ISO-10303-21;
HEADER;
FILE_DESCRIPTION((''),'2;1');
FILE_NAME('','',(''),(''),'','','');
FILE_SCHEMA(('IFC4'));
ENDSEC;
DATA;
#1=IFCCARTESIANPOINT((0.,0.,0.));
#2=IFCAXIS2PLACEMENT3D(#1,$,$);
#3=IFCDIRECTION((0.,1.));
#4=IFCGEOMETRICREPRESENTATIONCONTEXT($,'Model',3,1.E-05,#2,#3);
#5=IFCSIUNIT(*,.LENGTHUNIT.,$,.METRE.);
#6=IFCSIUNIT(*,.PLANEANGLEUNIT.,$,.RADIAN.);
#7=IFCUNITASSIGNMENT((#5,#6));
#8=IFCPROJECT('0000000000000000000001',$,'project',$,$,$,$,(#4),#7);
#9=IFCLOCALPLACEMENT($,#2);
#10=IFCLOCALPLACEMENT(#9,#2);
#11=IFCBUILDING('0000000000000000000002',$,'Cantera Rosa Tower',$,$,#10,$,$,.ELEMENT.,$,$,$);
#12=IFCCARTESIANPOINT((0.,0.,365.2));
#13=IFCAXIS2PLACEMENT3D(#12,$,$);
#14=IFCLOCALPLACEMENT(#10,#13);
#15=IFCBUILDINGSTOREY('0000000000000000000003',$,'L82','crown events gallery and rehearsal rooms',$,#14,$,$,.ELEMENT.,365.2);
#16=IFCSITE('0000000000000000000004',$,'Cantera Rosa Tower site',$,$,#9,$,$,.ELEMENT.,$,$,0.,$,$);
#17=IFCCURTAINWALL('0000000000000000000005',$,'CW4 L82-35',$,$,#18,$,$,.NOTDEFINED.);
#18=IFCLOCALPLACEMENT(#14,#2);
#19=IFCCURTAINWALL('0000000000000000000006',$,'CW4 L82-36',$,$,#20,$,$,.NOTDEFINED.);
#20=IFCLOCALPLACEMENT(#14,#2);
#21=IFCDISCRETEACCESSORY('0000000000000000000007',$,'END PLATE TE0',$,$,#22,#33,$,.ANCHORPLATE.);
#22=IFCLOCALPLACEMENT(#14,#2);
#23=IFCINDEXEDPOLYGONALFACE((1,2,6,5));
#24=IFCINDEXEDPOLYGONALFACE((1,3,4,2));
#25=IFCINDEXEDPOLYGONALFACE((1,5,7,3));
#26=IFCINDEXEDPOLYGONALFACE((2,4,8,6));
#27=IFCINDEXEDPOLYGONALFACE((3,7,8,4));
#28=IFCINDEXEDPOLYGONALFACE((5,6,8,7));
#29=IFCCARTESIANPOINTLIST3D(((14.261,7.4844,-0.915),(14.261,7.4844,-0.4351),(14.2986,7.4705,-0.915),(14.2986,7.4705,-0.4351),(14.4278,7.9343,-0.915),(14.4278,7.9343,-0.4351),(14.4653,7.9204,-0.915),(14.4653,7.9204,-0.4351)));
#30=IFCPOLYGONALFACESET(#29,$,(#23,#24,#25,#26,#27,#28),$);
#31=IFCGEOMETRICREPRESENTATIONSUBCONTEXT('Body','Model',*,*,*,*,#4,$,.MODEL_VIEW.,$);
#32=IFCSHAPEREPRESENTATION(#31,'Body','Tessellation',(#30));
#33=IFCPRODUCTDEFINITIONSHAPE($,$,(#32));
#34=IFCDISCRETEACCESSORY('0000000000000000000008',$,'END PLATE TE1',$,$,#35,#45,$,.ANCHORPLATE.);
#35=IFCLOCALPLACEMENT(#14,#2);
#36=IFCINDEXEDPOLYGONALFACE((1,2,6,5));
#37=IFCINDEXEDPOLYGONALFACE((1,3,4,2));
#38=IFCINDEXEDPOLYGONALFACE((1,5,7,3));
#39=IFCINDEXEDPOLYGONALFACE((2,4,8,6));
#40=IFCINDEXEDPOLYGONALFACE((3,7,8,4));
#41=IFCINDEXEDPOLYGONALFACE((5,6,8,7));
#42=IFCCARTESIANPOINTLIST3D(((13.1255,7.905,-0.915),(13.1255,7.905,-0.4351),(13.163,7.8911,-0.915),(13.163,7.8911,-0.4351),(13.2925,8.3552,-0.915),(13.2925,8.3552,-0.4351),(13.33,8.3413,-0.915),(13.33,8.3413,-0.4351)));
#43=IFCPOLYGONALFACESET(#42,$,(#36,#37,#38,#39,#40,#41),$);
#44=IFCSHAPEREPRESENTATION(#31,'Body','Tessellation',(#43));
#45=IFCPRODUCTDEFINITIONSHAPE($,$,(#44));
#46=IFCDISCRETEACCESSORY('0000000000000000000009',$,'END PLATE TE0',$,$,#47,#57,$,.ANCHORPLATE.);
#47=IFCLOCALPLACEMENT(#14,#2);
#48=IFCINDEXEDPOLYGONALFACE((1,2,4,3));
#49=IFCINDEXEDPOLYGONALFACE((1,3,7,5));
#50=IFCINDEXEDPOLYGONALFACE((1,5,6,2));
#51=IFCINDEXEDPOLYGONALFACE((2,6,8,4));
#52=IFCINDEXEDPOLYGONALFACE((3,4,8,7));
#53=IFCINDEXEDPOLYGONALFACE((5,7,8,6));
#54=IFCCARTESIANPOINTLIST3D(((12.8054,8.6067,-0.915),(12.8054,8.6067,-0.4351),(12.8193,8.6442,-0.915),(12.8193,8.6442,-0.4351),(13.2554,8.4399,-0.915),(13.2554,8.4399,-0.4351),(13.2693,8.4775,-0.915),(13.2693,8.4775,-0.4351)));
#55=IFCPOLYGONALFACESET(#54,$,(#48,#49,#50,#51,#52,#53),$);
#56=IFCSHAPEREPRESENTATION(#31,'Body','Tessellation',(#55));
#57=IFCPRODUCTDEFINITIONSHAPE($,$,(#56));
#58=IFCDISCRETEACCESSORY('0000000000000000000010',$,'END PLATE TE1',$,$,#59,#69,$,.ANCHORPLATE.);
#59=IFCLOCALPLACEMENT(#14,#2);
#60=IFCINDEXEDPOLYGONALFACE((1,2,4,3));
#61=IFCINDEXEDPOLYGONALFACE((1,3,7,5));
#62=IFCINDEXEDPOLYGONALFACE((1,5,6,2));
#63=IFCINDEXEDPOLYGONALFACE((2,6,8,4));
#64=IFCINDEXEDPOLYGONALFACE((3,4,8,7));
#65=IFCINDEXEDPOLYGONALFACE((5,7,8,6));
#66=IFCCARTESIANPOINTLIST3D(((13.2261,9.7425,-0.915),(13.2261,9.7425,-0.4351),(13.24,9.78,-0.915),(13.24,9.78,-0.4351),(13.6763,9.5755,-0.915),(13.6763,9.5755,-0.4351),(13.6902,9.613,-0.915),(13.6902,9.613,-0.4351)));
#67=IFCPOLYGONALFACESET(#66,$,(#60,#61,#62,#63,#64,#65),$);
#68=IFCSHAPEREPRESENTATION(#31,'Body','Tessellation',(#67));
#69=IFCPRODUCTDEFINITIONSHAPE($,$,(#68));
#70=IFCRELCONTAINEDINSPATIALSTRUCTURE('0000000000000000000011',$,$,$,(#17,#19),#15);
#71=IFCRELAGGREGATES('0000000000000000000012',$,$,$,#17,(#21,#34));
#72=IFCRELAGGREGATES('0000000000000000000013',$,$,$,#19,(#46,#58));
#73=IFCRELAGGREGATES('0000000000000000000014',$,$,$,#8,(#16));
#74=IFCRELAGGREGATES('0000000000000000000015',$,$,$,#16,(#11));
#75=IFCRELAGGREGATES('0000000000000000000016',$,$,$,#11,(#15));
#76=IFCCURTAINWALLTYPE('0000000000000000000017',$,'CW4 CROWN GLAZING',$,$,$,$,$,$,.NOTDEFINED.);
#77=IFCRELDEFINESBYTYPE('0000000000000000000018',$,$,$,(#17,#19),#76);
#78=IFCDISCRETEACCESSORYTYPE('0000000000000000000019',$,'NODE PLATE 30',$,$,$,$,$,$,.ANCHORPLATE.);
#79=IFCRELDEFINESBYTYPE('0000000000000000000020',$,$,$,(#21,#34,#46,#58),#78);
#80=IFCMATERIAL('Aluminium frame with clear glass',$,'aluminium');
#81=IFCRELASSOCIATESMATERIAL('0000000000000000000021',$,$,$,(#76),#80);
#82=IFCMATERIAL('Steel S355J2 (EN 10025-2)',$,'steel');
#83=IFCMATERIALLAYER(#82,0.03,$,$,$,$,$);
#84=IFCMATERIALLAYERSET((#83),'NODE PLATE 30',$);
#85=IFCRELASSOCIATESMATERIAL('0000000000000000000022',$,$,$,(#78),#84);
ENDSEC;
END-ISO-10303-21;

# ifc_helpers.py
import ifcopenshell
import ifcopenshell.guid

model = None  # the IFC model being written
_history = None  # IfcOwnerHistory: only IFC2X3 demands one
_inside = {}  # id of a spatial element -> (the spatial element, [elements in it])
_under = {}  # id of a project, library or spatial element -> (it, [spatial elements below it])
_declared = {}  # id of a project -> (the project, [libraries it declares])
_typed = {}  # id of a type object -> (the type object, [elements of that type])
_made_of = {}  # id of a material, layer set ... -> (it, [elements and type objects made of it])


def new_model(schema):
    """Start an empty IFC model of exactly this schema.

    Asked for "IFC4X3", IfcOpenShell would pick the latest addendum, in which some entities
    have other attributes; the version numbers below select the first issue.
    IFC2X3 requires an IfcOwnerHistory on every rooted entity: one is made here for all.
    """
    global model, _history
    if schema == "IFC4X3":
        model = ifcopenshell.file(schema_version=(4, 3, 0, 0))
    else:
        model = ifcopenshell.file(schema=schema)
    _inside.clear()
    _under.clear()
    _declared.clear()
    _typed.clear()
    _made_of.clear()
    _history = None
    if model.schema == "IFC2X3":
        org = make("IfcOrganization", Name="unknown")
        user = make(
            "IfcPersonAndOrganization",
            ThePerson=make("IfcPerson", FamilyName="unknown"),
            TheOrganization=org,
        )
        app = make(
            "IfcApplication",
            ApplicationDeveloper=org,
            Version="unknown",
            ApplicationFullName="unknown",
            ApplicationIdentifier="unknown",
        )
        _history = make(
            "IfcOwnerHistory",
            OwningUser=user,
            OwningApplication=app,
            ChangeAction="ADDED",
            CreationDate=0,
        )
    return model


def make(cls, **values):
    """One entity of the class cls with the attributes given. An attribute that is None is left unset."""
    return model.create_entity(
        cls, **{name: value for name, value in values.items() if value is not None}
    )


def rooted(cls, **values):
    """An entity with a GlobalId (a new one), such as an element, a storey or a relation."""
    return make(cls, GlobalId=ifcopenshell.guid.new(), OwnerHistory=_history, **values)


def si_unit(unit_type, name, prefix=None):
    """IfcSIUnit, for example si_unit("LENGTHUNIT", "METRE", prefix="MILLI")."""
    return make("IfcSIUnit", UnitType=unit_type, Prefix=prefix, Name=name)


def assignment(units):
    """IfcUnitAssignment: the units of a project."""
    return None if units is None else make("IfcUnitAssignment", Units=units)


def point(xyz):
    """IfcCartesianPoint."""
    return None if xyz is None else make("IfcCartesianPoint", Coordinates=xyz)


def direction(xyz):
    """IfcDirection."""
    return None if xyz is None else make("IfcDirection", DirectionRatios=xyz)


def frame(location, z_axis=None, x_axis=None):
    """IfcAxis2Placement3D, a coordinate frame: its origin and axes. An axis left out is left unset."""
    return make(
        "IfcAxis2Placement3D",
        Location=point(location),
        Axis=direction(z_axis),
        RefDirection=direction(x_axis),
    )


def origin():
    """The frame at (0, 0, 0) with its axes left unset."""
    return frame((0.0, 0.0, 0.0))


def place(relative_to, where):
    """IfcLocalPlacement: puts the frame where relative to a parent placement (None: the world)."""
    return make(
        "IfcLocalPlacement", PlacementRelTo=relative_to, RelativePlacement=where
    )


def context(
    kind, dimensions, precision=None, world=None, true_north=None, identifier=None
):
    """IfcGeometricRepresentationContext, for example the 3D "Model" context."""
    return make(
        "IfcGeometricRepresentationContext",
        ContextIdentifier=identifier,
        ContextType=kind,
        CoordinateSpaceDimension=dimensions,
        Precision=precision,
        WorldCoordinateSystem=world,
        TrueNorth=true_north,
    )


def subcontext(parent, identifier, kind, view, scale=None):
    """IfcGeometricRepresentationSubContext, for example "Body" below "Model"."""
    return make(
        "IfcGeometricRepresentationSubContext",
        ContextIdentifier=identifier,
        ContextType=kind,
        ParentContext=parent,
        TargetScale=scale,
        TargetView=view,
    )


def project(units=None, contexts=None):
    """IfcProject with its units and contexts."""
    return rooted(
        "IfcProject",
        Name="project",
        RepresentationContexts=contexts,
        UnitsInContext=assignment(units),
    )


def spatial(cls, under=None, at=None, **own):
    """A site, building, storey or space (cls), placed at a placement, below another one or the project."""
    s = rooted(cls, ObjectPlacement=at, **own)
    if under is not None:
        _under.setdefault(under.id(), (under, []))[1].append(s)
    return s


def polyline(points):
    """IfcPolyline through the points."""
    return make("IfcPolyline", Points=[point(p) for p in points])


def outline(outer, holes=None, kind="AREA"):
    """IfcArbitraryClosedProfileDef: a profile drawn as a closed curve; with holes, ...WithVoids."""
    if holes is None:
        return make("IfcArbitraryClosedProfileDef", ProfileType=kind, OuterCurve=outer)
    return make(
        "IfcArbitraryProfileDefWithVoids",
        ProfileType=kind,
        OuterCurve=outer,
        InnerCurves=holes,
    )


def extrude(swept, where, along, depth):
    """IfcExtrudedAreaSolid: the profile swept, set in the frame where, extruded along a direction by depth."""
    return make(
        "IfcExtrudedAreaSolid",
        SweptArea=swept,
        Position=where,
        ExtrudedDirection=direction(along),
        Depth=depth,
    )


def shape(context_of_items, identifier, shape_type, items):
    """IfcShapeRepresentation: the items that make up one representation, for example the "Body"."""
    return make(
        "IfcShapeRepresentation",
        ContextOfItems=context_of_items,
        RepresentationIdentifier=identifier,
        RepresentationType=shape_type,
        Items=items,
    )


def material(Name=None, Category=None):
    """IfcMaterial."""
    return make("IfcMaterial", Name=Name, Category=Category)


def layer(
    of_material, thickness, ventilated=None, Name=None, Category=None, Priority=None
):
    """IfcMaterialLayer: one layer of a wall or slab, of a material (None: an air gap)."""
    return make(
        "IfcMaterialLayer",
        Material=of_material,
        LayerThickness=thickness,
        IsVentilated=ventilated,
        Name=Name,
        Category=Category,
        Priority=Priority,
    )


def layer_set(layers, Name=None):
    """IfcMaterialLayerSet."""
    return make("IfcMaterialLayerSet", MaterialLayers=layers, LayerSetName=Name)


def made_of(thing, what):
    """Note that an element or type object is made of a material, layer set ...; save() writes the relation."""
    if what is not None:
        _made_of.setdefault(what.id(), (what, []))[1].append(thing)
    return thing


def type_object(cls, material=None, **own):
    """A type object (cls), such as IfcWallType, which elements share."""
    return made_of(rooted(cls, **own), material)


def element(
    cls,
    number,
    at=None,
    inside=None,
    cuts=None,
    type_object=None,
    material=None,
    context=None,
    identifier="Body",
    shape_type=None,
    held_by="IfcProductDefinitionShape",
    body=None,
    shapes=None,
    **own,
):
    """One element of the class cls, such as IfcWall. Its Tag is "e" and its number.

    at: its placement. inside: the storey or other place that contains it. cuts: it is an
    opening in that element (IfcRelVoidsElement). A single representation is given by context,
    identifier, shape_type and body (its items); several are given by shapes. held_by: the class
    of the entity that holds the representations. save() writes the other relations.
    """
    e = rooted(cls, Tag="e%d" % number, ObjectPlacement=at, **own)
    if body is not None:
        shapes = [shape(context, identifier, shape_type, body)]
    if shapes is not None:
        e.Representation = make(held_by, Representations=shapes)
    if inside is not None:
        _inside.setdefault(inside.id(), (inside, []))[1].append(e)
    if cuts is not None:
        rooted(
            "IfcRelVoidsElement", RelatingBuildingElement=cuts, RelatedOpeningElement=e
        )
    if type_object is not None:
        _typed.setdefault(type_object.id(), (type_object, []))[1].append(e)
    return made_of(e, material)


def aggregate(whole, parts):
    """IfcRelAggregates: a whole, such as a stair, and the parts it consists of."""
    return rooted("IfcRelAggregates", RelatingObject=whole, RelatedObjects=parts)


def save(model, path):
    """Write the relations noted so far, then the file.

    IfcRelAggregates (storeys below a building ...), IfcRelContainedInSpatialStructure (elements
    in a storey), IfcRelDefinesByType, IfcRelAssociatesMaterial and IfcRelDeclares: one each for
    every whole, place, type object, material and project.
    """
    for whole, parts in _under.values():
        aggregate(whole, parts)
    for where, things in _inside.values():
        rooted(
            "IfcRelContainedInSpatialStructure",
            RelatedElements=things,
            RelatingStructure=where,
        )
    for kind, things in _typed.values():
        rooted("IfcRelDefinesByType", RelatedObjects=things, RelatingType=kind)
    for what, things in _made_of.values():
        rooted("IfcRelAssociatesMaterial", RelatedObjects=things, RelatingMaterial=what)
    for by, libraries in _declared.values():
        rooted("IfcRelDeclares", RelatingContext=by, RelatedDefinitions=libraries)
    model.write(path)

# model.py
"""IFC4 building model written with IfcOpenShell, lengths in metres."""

from ifc_helpers import new_model, si_unit, direction, frame, origin, place, context, subcontext, project, spatial, polyline, outline, extrude, material, layer, layer_set, type_object, element, aggregate, save


model = new_model("IFC4")

# Units and contexts
model_context = context("Model", 3, precision=1e-05, world=origin(), true_north=direction((0.0, 1.0)))
body_context = subcontext(model_context, "Body", "Model", "MODEL_VIEW")
ifc_project = project(units=[si_unit("LENGTHUNIT", "METRE"), si_unit("PLANEANGLEUNIT", "RADIAN")], contexts=[model_context])

# Site, building, storey
site_placement = place(None, origin())
site = spatial("IfcSite", under=ifc_project, at=site_placement, Name="Cantera Rosa Tower site", CompositionType="ELEMENT", RefElevation=0.0)
building_placement = place(site_placement, origin())
building = spatial("IfcBuilding", under=site, at=building_placement, Name="Cantera Rosa Tower", CompositionType="ELEMENT")
storey_placement = place(building_placement, frame((0.0, 0.0, 365.2)))
storey = spatial("IfcBuildingStorey", under=building, at=storey_placement, Name="L82", Description="crown events gallery and rehearsal rooms", CompositionType="ELEMENT", Elevation=365.2)

# Curtain walls
ifc_material_1 = material(Name="Aluminium frame with clear glass", Category="aluminium")
curtain_wall_type = type_object("IfcCurtainWallType", Name="CW4 CROWN GLAZING", PredefinedType="NOTDEFINED", material=ifc_material_1)
curtain_wall_1_placement = place(storey_placement, origin())
curtain_wall_1 = element("IfcCurtainWall", 1, at=curtain_wall_1_placement, inside=storey, type_object=curtain_wall_type, Name="CW4 L82-35", PredefinedType="NOTDEFINED")
curtain_wall_2_placement = place(storey_placement, origin())
curtain_wall_2 = element("IfcCurtainWall", 2, at=curtain_wall_2_placement, inside=storey, type_object=curtain_wall_type, Name="CW4 L82-36", PredefinedType="NOTDEFINED")

# Discrete accessories
ifc_material_2 = material(Name="Steel S355J2 (EN 10025-2)", Category="steel")
ifc_layer_1 = layer(ifc_material_2, 0.03)
ifc_layer_set_1 = layer_set([ifc_layer_1], Name="NODE PLATE 30")
discrete_accessory_type = type_object("IfcDiscreteAccessoryType", Name="NODE PLATE 30", PredefinedType="ANCHORPLATE", material=ifc_layer_set_1)
discrete_accessory_1_placement = place(storey_placement, frame((14.4653, 7.9204, -0.4351), z_axis=(0.937681, -0.347497, 0.0), x_axis=(-0.347497, -0.937681, 0.0)))
discrete_accessory_1 = element("IfcDiscreteAccessory", 3, at=discrete_accessory_1_placement, type_object=discrete_accessory_type, Name="END PLATE TE0", PredefinedType="ANCHORPLATE", context=body_context, shape_type="SweptSolid", body=[
    extrude(outline(polyline([(0.0, 0.0), (0.4799, 0.0), (0.4799, 0.48), (0.0, 0.48), (0.0, 0.0)])), origin(), (0.0, 0.0, -1.0), 0.04),
])
discrete_accessory_2_placement = place(storey_placement, frame((13.1255, 7.905, -0.4351), z_axis=(-0.937577, 0.347778, 0.0), x_axis=(0.347778, 0.937577, 0.0)))
discrete_accessory_2 = element("IfcDiscreteAccessory", 4, at=discrete_accessory_2_placement, type_object=discrete_accessory_type, Name="END PLATE TE1", PredefinedType="ANCHORPLATE", context=body_context, shape_type="SweptSolid", body=[
    extrude(outline(polyline([(0.0, 0.0), (0.4802, 0.0), (0.4802, 0.48), (0.0, 0.48), (0.0, 0.0)])), origin(), (0.0, 0.0, -1.0), 0.04),
])
aggregate(curtain_wall_1, [discrete_accessory_1, discrete_accessory_2])
discrete_accessory_3_placement = place(storey_placement, frame((13.2554, 8.4399, -0.4351), z_axis=(-0.347497, -0.937681, 0.0), x_axis=(-0.937681, 0.347497, 0.0)))
discrete_accessory_3 = element("IfcDiscreteAccessory", 5, at=discrete_accessory_3_placement, type_object=discrete_accessory_type, Name="END PLATE TE0", PredefinedType="ANCHORPLATE", context=body_context, shape_type="SweptSolid", body=[
    extrude(outline(polyline([(0.0, 0.0), (0.4799, 0.0), (0.4799, 0.48), (0.0, 0.48), (0.0, 0.0)])), origin(), (0.0, 0.0, -1.0), 0.04),
])
discrete_accessory_4_placement = place(storey_placement, frame((13.24, 9.78, -0.4351), z_axis=(0.347778, 0.937577, 0.0), x_axis=(0.937577, -0.347778, 0.0)))
discrete_accessory_4 = element("IfcDiscreteAccessory", 6, at=discrete_accessory_4_placement, type_object=discrete_accessory_type, Name="END PLATE TE1", PredefinedType="ANCHORPLATE", context=body_context, shape_type="SweptSolid", body=[
    extrude(outline(polyline([(0.0, 0.0), (0.4802, 0.0), (0.4802, 0.48), (0.0, 0.48), (0.0, 0.0)])), origin(), (0.0, 0.0, -1.0), 0.04),
])
aggregate(curtain_wall_2, [discrete_accessory_3, discrete_accessory_4])

save(model, "model.ifc")
